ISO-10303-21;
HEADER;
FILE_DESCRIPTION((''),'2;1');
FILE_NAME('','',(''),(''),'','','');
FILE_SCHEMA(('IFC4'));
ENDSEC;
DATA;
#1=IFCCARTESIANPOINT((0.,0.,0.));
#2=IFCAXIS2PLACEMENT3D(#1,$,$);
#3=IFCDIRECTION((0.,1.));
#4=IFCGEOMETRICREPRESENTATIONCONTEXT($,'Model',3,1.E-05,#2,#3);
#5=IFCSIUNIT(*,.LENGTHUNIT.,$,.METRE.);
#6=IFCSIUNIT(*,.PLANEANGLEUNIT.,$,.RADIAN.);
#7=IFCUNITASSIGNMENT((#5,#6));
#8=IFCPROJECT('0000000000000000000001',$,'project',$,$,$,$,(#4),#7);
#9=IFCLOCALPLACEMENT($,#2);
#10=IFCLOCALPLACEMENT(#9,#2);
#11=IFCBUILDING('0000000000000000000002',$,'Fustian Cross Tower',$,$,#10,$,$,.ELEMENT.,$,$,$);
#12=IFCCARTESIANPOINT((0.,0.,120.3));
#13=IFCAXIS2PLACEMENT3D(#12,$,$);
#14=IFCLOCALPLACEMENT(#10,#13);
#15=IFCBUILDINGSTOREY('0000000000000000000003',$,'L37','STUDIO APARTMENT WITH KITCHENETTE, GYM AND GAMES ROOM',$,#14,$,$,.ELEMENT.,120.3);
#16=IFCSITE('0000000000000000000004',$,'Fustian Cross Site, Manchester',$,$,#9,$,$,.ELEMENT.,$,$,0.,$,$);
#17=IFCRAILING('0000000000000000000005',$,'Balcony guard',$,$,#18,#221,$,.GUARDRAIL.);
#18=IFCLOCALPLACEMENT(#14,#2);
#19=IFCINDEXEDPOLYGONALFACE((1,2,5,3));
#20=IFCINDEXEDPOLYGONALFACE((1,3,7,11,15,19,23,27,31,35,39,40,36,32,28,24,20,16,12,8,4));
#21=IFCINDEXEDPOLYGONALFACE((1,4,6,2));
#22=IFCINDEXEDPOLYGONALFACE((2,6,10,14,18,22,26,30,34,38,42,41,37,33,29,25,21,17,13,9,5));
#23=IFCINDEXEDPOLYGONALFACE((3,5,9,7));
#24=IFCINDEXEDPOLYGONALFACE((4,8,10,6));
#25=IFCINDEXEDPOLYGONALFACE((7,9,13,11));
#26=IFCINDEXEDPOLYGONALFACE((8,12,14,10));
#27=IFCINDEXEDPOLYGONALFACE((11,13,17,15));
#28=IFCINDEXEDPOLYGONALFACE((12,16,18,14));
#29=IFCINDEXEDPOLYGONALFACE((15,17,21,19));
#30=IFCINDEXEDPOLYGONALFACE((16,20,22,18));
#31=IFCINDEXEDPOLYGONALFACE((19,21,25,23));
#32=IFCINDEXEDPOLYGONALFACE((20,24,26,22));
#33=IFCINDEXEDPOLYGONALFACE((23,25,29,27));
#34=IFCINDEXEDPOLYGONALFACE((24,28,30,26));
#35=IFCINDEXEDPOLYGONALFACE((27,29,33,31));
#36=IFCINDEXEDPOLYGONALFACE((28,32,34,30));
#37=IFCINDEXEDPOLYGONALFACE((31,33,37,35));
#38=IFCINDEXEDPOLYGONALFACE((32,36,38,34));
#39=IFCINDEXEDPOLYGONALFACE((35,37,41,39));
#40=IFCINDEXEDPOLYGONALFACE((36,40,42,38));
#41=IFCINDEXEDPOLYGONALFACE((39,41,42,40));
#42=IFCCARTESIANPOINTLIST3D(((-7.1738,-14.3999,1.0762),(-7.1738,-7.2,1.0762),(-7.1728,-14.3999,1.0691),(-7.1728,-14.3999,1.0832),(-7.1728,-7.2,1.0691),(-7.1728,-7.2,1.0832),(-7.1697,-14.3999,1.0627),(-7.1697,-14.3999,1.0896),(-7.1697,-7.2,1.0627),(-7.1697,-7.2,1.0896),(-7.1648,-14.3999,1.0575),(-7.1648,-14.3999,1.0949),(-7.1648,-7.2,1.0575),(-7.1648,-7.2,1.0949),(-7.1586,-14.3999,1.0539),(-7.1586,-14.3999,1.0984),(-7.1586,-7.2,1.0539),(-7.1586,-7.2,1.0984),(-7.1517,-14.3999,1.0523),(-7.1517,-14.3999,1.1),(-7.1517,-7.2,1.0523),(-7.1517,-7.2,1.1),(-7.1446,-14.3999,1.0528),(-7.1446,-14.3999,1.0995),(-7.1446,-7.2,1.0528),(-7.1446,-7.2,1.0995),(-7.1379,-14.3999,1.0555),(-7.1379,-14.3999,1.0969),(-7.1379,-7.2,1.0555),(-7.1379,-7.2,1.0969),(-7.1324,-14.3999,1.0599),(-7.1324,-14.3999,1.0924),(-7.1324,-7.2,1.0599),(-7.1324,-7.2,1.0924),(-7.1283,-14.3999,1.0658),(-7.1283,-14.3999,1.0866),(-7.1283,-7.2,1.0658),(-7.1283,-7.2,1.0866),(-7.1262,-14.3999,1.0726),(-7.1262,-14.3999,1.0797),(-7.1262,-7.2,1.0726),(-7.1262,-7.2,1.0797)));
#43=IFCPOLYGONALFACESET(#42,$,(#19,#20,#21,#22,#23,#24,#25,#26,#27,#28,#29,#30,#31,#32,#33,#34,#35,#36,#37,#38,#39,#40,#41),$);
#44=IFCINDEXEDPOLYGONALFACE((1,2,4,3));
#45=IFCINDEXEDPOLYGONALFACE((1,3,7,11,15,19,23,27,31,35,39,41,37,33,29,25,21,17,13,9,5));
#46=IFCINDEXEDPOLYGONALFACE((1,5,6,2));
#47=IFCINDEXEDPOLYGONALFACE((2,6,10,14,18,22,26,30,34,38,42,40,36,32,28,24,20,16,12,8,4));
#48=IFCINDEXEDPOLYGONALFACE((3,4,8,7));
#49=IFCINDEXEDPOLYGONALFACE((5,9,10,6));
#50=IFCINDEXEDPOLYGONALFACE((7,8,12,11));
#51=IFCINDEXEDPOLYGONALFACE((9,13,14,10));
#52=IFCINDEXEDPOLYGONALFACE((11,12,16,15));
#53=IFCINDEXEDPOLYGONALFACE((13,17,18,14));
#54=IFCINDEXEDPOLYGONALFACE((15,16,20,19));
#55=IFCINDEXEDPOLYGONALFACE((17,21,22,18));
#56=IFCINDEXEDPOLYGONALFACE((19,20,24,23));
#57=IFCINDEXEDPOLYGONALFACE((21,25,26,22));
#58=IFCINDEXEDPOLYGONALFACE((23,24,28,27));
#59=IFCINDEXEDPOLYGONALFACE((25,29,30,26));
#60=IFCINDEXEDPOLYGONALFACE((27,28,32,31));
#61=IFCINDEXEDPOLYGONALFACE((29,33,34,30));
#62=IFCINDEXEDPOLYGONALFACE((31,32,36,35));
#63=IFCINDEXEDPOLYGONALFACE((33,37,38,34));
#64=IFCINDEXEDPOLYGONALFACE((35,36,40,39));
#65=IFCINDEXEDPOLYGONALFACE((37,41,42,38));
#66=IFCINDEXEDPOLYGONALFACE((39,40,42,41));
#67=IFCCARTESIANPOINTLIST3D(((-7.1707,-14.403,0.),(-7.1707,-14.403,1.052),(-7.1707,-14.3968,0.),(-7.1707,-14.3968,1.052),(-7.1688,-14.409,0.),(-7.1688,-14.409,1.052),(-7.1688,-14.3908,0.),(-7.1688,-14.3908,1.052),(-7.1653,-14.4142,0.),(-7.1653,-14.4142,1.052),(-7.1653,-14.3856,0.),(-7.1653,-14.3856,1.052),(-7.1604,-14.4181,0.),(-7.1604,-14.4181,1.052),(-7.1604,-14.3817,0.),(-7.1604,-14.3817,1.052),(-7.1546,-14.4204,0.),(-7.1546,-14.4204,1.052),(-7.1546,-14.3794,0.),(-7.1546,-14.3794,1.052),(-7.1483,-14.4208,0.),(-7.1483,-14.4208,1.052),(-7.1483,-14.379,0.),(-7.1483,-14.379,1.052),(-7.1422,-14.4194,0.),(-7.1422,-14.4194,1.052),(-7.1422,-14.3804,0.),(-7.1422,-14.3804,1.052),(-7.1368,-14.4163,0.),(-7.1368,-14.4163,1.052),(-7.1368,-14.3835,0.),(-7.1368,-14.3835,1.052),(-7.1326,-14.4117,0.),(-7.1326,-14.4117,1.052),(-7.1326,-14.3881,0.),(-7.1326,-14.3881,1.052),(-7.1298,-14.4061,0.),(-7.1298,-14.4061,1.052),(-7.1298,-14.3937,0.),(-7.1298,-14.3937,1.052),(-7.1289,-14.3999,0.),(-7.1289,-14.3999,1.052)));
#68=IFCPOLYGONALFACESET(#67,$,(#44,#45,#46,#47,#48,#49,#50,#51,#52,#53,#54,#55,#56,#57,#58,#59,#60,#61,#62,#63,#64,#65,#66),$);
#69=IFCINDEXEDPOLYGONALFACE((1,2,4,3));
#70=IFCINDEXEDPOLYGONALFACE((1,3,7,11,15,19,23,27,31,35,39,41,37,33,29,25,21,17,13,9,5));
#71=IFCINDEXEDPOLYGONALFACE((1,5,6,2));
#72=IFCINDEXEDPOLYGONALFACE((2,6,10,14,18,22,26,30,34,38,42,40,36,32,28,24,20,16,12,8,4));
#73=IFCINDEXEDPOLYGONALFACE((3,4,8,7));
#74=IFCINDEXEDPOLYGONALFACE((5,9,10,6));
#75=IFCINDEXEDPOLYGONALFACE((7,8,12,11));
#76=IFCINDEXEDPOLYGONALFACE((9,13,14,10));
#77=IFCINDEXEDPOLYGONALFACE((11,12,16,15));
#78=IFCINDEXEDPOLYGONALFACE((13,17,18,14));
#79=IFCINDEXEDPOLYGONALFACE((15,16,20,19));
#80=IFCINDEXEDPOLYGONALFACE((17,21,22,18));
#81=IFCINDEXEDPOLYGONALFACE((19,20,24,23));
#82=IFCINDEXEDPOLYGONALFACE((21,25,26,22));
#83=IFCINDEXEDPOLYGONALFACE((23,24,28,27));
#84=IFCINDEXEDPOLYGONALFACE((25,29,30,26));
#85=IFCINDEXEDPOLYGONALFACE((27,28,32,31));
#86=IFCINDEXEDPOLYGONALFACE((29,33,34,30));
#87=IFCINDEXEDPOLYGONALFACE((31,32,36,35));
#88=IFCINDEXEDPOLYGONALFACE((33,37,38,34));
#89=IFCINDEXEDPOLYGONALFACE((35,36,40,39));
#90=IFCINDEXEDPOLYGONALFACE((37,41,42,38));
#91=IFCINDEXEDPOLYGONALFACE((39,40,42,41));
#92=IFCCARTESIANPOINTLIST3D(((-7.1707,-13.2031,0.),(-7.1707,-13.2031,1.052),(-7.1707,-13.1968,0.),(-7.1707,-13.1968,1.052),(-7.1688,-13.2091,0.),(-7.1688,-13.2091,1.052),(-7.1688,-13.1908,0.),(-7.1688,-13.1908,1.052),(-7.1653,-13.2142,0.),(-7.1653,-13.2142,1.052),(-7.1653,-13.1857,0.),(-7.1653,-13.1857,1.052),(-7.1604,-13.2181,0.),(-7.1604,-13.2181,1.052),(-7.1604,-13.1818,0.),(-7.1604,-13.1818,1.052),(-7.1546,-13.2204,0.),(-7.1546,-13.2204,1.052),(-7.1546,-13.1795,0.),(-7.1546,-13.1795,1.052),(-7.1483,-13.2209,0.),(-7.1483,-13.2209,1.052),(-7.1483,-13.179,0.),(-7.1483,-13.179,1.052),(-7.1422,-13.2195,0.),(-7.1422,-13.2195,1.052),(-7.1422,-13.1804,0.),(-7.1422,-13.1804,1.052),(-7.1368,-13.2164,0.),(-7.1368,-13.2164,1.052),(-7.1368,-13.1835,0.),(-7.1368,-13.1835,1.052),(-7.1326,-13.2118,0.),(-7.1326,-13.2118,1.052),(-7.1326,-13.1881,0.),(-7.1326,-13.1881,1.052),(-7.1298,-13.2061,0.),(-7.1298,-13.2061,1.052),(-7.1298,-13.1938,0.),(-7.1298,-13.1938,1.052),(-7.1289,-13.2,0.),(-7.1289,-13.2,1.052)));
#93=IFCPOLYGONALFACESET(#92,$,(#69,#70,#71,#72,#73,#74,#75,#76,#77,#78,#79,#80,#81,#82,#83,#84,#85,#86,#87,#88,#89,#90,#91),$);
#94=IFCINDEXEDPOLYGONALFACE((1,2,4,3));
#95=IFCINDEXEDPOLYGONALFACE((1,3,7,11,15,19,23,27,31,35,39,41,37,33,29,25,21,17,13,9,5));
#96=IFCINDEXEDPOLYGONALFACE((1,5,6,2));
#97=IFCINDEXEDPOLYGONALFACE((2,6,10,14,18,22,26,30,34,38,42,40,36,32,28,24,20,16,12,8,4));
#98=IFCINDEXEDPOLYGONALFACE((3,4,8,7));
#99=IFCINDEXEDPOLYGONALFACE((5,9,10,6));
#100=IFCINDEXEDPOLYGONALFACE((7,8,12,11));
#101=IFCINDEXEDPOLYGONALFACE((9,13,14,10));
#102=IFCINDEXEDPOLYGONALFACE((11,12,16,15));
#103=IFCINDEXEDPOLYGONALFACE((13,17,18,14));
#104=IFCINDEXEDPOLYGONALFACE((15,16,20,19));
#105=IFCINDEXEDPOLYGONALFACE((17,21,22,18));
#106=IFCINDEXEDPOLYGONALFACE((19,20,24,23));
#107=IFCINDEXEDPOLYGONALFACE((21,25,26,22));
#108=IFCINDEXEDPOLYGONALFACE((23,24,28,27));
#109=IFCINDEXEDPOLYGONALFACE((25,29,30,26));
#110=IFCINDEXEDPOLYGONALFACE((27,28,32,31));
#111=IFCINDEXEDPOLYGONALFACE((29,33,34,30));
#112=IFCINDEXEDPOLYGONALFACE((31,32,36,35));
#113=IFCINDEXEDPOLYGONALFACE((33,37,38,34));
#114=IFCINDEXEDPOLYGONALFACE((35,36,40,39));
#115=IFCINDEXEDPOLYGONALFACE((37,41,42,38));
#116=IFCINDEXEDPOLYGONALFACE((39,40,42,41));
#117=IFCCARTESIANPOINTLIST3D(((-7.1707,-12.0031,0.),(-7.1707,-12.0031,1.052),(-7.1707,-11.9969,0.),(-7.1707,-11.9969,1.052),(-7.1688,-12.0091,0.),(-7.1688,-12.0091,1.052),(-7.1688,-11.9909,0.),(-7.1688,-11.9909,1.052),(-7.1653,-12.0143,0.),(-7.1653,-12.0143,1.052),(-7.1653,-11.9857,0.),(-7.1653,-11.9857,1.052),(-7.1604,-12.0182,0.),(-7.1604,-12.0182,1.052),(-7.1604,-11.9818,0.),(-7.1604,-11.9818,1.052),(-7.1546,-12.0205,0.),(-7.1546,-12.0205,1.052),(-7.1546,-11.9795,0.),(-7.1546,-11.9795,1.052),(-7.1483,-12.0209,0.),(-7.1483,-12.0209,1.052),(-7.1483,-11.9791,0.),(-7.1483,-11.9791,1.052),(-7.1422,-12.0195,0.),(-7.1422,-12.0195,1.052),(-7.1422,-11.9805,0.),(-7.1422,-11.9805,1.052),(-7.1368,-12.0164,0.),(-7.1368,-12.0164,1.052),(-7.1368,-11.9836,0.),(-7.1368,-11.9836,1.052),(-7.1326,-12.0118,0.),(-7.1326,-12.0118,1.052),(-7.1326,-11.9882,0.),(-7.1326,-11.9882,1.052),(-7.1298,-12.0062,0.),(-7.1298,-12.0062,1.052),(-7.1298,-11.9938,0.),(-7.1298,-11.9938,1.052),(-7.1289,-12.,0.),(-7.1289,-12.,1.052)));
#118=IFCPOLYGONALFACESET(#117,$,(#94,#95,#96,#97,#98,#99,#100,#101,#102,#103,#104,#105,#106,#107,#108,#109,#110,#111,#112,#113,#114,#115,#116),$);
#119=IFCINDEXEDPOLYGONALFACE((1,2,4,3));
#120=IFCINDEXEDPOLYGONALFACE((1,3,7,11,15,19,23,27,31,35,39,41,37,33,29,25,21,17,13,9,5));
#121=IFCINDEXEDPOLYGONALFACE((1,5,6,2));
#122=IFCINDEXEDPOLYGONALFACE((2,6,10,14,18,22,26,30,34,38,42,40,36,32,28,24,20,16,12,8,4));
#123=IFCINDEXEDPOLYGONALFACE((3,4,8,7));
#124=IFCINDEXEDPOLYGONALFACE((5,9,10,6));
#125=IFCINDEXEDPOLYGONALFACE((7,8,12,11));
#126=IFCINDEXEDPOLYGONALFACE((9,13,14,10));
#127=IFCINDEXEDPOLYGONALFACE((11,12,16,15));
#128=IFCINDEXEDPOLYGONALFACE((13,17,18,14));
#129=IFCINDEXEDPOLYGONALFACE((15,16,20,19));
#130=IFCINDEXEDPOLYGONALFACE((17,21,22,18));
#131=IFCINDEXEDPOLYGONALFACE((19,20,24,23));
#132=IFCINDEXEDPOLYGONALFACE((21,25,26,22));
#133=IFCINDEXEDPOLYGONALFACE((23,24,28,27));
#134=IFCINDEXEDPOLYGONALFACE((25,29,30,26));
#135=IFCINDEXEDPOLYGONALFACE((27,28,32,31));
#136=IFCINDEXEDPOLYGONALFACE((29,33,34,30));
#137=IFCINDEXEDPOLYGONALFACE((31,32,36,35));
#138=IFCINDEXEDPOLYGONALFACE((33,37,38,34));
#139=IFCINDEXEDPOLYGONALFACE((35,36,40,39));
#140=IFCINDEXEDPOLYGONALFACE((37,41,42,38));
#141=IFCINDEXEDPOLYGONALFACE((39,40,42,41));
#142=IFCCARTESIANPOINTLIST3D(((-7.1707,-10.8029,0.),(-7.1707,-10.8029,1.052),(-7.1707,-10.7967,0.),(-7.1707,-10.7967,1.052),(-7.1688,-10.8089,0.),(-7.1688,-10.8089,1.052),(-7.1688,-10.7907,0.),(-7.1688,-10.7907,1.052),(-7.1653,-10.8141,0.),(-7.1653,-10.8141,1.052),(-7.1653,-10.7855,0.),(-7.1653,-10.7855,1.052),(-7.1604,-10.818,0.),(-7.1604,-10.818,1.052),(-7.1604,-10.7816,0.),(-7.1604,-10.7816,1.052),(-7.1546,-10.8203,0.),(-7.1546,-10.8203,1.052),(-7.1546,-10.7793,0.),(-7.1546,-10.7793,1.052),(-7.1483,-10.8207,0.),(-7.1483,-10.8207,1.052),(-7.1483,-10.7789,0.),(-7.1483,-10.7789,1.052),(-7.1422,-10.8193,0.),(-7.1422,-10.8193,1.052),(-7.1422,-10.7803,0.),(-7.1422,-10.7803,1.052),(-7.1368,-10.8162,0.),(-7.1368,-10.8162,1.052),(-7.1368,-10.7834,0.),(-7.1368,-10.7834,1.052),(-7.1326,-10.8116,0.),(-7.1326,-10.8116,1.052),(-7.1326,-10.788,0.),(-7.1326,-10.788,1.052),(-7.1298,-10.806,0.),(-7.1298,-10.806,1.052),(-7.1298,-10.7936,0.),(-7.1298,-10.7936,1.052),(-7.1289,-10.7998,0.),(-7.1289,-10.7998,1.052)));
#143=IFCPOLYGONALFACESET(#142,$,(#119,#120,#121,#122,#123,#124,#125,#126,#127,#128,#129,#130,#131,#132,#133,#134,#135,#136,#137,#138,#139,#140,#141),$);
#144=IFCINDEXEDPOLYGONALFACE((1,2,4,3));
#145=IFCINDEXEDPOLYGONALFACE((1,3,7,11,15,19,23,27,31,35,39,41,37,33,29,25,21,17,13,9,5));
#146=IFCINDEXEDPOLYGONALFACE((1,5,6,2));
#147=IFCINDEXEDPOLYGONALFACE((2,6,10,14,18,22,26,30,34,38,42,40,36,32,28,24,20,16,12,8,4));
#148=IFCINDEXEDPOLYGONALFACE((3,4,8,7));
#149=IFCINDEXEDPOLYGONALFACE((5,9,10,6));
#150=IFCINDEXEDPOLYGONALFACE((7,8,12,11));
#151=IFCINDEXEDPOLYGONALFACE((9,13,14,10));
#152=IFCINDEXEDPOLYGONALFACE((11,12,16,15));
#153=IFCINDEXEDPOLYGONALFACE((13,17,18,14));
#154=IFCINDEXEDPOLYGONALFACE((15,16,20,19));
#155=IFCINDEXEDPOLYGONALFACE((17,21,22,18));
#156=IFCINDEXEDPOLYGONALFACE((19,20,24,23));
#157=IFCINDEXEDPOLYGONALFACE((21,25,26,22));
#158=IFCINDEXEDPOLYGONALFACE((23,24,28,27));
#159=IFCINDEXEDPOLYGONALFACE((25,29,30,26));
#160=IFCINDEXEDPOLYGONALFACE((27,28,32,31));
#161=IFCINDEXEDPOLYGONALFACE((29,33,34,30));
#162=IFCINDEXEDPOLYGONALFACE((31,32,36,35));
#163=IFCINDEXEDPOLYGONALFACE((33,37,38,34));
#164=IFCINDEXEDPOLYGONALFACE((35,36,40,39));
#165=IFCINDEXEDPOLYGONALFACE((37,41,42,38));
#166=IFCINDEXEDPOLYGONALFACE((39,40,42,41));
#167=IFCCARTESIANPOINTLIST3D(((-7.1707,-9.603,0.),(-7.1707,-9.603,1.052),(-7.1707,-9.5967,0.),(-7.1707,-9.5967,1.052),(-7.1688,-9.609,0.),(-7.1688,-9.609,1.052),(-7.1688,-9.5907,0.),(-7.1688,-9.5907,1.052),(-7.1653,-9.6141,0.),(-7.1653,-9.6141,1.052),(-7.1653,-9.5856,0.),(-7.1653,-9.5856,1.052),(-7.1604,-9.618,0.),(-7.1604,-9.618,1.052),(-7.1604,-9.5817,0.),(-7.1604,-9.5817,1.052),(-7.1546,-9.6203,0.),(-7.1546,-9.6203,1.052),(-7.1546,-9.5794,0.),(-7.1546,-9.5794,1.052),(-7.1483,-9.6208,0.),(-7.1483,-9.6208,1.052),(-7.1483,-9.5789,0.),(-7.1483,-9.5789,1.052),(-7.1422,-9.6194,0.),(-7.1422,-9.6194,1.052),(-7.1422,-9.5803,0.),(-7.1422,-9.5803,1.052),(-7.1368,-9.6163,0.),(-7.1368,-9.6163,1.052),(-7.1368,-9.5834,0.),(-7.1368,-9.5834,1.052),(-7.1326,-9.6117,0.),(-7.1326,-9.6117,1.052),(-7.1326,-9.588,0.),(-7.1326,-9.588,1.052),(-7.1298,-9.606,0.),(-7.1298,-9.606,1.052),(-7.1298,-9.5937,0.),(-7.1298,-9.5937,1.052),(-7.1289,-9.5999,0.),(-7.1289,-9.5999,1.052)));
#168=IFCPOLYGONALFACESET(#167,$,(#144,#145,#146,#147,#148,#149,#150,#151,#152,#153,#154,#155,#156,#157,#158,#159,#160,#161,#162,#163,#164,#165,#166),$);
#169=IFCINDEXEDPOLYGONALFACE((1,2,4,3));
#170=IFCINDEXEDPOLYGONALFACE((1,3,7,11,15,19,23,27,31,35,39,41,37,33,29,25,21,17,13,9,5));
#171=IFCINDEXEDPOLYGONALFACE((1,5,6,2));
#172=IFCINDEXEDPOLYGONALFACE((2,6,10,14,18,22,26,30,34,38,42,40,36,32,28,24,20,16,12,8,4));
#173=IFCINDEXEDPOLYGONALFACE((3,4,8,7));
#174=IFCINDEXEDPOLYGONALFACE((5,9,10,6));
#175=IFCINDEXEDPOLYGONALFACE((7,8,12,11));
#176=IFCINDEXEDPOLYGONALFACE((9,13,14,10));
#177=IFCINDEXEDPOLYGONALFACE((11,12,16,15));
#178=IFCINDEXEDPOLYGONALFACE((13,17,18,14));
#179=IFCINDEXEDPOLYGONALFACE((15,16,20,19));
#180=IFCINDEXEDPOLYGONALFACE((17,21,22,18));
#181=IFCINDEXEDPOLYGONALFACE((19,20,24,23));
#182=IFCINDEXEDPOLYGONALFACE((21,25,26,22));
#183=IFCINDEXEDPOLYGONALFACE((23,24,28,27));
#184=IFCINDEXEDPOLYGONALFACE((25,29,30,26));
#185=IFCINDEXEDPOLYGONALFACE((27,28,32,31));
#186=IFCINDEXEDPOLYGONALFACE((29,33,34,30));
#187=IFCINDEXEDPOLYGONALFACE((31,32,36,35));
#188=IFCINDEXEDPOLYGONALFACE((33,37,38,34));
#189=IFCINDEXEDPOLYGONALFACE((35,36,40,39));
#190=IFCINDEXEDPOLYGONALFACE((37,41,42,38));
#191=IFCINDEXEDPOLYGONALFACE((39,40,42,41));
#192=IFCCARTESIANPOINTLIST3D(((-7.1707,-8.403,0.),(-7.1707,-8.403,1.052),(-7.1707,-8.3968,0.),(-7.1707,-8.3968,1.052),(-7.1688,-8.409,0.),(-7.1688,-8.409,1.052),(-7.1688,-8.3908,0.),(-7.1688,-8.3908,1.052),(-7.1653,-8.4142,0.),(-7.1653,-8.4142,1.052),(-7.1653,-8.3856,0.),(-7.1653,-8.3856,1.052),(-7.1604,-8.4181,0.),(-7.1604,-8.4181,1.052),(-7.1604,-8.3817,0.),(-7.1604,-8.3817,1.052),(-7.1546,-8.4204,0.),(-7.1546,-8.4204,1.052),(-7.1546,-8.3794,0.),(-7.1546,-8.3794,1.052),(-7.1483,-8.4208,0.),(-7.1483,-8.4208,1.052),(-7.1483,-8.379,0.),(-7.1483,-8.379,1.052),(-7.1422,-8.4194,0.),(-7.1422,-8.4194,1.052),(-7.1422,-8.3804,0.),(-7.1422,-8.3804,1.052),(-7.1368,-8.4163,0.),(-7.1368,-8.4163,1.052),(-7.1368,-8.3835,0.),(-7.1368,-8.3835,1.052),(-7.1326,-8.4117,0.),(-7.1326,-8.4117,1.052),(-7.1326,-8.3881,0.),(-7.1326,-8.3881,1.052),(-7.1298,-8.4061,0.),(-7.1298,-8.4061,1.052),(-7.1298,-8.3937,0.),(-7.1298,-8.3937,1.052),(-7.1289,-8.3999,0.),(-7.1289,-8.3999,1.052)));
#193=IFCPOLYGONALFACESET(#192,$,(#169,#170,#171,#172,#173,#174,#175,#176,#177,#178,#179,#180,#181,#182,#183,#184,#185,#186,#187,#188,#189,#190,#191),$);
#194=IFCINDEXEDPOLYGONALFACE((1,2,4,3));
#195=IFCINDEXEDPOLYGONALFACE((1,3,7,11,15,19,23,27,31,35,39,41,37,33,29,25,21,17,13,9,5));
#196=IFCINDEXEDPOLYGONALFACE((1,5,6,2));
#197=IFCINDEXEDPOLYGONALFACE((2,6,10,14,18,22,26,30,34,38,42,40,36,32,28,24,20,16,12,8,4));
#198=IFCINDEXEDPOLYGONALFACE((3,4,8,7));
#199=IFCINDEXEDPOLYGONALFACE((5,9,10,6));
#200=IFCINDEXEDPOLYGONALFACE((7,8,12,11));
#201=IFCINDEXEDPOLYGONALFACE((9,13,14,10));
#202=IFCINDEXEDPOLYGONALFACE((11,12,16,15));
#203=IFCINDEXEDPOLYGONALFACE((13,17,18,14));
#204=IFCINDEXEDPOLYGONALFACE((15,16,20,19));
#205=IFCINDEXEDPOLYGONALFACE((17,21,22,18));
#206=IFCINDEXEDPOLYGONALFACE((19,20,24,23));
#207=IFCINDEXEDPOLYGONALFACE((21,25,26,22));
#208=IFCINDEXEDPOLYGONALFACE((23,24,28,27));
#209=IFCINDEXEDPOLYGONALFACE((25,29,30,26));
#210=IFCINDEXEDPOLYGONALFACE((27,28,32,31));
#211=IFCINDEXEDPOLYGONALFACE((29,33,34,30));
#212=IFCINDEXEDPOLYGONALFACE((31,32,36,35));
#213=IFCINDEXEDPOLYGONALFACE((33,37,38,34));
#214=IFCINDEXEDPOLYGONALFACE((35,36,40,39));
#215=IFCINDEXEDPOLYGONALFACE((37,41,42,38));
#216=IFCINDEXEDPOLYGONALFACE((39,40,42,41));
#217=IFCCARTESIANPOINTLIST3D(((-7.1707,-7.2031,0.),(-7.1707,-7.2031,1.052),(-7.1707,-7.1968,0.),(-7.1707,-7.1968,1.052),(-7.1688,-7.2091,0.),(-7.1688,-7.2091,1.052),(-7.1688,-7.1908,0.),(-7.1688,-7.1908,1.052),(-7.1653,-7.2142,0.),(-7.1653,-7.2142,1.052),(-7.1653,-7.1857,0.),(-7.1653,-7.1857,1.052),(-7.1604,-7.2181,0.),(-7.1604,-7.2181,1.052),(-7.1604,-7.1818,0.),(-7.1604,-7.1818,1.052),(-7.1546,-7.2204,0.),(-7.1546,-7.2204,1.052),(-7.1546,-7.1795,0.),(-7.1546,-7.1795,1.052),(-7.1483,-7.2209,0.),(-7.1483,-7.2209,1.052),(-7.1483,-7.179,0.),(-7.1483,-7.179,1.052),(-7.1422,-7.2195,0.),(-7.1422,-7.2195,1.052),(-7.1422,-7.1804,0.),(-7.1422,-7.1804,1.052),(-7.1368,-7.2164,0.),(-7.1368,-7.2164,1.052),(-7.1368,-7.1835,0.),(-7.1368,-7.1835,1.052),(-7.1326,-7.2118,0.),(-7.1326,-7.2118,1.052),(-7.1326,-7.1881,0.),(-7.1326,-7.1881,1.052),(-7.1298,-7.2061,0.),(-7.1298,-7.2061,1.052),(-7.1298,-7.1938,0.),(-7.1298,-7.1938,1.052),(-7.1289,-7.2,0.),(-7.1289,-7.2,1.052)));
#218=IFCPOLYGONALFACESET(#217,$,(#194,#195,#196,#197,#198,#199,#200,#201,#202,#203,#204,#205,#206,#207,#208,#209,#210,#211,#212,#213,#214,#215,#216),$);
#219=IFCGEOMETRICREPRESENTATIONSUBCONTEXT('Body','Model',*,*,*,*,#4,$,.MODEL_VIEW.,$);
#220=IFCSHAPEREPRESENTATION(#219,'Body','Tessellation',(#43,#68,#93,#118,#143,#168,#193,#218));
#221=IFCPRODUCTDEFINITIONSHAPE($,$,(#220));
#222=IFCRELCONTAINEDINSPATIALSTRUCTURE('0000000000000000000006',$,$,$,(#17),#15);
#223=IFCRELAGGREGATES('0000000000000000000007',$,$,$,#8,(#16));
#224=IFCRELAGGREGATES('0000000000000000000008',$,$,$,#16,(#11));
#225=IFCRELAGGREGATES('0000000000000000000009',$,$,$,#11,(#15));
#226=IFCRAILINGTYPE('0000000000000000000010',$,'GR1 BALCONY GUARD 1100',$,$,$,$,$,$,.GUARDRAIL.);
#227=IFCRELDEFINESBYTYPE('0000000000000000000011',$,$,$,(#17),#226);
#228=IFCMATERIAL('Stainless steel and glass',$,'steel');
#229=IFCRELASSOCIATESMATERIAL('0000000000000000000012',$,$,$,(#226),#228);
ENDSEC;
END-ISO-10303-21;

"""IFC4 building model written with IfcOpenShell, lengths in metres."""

from ifc_helpers import new_model, si_unit, direction, frame, origin, origin_2d, place, context, subcontext, project, spatial, circle, extrude, material, type_object, element, save


model = new_model("IFC4")

# Units and contexts
model_context = context("Model", 3, precision=1e-05, world=origin(), true_north=direction((0.0, 1.0)))
body_context = subcontext(model_context, "Body", "Model", "MODEL_VIEW")
ifc_project = project(units=[si_unit("LENGTHUNIT", "METRE"), si_unit("PLANEANGLEUNIT", "RADIAN")], contexts=[model_context])

# Site, building, storey
site_placement = place(None, origin())
site = spatial("IfcSite", under=ifc_project, at=site_placement, Name="Fustian Cross Site, Manchester", CompositionType="ELEMENT", RefElevation=0.0)
building_placement = place(site_placement, origin())
building = spatial("IfcBuilding", under=site, at=building_placement, Name="Fustian Cross Tower", CompositionType="ELEMENT")
storey_placement = place(building_placement, frame((0.0, 0.0, 120.3)))
storey = spatial("IfcBuildingStorey", under=building, at=storey_placement, Name="L37", Description="STUDIO APARTMENT WITH KITCHENETTE, GYM AND GAMES ROOM", CompositionType="ELEMENT", Elevation=120.3)

# Railing
ifc_material_1 = material(Name="Stainless steel and glass", Category="steel")
railing_type = type_object("IfcRailingType", Name="GR1 BALCONY GUARD 1100", PredefinedType="GUARDRAIL", material=ifc_material_1)
railing_placement = place(storey_placement, frame((-7.1499, -14.3999, 0.0)))
element("IfcRailing", 1, at=railing_placement, inside=storey, type_object=railing_type, Name="Balcony guard", PredefinedType="GUARDRAIL", context=body_context, shape_type="SweptSolid", body=[
    extrude(circle(Radius=0.0239, at=origin_2d()), frame((0.0, 0.0, 1.0762), z_axis=(0.0, 1.0, 0.0), x_axis=(-1.0, 0.0, 0.0)), (0.0, 0.0, 1.0), 7.2),
    extrude(circle(Radius=0.021, at=origin_2d()), origin(), (0.0, 0.0, 1.0), 1.052),
    extrude(circle(Radius=0.021, at=origin_2d()), frame((0.0, 1.2, 0.0)), (0.0, 0.0, 1.0), 1.052),
    extrude(circle(Radius=0.021, at=origin_2d()), frame((0.0, 2.3999, 0.0)), (0.0, 0.0, 1.0), 1.052),
    extrude(circle(Radius=0.021, at=origin_2d()), frame((0.0, 3.6001, 0.0)), (0.0, 0.0, 1.0), 1.052),
    extrude(circle(Radius=0.021, at=origin_2d()), frame((0.0, 4.8, 0.0)), (0.0, 0.0, 1.0), 1.052),
    extrude(circle(Radius=0.021, at=origin_2d()), frame((0.0, 6.0, 0.0)), (0.0, 0.0, 1.0), 1.052),
    extrude(circle(Radius=0.021, at=origin_2d()), frame((0.0, 7.2, 0.0)), (0.0, 0.0, 1.0), 1.052),
])

save(model, "model.ifc")
